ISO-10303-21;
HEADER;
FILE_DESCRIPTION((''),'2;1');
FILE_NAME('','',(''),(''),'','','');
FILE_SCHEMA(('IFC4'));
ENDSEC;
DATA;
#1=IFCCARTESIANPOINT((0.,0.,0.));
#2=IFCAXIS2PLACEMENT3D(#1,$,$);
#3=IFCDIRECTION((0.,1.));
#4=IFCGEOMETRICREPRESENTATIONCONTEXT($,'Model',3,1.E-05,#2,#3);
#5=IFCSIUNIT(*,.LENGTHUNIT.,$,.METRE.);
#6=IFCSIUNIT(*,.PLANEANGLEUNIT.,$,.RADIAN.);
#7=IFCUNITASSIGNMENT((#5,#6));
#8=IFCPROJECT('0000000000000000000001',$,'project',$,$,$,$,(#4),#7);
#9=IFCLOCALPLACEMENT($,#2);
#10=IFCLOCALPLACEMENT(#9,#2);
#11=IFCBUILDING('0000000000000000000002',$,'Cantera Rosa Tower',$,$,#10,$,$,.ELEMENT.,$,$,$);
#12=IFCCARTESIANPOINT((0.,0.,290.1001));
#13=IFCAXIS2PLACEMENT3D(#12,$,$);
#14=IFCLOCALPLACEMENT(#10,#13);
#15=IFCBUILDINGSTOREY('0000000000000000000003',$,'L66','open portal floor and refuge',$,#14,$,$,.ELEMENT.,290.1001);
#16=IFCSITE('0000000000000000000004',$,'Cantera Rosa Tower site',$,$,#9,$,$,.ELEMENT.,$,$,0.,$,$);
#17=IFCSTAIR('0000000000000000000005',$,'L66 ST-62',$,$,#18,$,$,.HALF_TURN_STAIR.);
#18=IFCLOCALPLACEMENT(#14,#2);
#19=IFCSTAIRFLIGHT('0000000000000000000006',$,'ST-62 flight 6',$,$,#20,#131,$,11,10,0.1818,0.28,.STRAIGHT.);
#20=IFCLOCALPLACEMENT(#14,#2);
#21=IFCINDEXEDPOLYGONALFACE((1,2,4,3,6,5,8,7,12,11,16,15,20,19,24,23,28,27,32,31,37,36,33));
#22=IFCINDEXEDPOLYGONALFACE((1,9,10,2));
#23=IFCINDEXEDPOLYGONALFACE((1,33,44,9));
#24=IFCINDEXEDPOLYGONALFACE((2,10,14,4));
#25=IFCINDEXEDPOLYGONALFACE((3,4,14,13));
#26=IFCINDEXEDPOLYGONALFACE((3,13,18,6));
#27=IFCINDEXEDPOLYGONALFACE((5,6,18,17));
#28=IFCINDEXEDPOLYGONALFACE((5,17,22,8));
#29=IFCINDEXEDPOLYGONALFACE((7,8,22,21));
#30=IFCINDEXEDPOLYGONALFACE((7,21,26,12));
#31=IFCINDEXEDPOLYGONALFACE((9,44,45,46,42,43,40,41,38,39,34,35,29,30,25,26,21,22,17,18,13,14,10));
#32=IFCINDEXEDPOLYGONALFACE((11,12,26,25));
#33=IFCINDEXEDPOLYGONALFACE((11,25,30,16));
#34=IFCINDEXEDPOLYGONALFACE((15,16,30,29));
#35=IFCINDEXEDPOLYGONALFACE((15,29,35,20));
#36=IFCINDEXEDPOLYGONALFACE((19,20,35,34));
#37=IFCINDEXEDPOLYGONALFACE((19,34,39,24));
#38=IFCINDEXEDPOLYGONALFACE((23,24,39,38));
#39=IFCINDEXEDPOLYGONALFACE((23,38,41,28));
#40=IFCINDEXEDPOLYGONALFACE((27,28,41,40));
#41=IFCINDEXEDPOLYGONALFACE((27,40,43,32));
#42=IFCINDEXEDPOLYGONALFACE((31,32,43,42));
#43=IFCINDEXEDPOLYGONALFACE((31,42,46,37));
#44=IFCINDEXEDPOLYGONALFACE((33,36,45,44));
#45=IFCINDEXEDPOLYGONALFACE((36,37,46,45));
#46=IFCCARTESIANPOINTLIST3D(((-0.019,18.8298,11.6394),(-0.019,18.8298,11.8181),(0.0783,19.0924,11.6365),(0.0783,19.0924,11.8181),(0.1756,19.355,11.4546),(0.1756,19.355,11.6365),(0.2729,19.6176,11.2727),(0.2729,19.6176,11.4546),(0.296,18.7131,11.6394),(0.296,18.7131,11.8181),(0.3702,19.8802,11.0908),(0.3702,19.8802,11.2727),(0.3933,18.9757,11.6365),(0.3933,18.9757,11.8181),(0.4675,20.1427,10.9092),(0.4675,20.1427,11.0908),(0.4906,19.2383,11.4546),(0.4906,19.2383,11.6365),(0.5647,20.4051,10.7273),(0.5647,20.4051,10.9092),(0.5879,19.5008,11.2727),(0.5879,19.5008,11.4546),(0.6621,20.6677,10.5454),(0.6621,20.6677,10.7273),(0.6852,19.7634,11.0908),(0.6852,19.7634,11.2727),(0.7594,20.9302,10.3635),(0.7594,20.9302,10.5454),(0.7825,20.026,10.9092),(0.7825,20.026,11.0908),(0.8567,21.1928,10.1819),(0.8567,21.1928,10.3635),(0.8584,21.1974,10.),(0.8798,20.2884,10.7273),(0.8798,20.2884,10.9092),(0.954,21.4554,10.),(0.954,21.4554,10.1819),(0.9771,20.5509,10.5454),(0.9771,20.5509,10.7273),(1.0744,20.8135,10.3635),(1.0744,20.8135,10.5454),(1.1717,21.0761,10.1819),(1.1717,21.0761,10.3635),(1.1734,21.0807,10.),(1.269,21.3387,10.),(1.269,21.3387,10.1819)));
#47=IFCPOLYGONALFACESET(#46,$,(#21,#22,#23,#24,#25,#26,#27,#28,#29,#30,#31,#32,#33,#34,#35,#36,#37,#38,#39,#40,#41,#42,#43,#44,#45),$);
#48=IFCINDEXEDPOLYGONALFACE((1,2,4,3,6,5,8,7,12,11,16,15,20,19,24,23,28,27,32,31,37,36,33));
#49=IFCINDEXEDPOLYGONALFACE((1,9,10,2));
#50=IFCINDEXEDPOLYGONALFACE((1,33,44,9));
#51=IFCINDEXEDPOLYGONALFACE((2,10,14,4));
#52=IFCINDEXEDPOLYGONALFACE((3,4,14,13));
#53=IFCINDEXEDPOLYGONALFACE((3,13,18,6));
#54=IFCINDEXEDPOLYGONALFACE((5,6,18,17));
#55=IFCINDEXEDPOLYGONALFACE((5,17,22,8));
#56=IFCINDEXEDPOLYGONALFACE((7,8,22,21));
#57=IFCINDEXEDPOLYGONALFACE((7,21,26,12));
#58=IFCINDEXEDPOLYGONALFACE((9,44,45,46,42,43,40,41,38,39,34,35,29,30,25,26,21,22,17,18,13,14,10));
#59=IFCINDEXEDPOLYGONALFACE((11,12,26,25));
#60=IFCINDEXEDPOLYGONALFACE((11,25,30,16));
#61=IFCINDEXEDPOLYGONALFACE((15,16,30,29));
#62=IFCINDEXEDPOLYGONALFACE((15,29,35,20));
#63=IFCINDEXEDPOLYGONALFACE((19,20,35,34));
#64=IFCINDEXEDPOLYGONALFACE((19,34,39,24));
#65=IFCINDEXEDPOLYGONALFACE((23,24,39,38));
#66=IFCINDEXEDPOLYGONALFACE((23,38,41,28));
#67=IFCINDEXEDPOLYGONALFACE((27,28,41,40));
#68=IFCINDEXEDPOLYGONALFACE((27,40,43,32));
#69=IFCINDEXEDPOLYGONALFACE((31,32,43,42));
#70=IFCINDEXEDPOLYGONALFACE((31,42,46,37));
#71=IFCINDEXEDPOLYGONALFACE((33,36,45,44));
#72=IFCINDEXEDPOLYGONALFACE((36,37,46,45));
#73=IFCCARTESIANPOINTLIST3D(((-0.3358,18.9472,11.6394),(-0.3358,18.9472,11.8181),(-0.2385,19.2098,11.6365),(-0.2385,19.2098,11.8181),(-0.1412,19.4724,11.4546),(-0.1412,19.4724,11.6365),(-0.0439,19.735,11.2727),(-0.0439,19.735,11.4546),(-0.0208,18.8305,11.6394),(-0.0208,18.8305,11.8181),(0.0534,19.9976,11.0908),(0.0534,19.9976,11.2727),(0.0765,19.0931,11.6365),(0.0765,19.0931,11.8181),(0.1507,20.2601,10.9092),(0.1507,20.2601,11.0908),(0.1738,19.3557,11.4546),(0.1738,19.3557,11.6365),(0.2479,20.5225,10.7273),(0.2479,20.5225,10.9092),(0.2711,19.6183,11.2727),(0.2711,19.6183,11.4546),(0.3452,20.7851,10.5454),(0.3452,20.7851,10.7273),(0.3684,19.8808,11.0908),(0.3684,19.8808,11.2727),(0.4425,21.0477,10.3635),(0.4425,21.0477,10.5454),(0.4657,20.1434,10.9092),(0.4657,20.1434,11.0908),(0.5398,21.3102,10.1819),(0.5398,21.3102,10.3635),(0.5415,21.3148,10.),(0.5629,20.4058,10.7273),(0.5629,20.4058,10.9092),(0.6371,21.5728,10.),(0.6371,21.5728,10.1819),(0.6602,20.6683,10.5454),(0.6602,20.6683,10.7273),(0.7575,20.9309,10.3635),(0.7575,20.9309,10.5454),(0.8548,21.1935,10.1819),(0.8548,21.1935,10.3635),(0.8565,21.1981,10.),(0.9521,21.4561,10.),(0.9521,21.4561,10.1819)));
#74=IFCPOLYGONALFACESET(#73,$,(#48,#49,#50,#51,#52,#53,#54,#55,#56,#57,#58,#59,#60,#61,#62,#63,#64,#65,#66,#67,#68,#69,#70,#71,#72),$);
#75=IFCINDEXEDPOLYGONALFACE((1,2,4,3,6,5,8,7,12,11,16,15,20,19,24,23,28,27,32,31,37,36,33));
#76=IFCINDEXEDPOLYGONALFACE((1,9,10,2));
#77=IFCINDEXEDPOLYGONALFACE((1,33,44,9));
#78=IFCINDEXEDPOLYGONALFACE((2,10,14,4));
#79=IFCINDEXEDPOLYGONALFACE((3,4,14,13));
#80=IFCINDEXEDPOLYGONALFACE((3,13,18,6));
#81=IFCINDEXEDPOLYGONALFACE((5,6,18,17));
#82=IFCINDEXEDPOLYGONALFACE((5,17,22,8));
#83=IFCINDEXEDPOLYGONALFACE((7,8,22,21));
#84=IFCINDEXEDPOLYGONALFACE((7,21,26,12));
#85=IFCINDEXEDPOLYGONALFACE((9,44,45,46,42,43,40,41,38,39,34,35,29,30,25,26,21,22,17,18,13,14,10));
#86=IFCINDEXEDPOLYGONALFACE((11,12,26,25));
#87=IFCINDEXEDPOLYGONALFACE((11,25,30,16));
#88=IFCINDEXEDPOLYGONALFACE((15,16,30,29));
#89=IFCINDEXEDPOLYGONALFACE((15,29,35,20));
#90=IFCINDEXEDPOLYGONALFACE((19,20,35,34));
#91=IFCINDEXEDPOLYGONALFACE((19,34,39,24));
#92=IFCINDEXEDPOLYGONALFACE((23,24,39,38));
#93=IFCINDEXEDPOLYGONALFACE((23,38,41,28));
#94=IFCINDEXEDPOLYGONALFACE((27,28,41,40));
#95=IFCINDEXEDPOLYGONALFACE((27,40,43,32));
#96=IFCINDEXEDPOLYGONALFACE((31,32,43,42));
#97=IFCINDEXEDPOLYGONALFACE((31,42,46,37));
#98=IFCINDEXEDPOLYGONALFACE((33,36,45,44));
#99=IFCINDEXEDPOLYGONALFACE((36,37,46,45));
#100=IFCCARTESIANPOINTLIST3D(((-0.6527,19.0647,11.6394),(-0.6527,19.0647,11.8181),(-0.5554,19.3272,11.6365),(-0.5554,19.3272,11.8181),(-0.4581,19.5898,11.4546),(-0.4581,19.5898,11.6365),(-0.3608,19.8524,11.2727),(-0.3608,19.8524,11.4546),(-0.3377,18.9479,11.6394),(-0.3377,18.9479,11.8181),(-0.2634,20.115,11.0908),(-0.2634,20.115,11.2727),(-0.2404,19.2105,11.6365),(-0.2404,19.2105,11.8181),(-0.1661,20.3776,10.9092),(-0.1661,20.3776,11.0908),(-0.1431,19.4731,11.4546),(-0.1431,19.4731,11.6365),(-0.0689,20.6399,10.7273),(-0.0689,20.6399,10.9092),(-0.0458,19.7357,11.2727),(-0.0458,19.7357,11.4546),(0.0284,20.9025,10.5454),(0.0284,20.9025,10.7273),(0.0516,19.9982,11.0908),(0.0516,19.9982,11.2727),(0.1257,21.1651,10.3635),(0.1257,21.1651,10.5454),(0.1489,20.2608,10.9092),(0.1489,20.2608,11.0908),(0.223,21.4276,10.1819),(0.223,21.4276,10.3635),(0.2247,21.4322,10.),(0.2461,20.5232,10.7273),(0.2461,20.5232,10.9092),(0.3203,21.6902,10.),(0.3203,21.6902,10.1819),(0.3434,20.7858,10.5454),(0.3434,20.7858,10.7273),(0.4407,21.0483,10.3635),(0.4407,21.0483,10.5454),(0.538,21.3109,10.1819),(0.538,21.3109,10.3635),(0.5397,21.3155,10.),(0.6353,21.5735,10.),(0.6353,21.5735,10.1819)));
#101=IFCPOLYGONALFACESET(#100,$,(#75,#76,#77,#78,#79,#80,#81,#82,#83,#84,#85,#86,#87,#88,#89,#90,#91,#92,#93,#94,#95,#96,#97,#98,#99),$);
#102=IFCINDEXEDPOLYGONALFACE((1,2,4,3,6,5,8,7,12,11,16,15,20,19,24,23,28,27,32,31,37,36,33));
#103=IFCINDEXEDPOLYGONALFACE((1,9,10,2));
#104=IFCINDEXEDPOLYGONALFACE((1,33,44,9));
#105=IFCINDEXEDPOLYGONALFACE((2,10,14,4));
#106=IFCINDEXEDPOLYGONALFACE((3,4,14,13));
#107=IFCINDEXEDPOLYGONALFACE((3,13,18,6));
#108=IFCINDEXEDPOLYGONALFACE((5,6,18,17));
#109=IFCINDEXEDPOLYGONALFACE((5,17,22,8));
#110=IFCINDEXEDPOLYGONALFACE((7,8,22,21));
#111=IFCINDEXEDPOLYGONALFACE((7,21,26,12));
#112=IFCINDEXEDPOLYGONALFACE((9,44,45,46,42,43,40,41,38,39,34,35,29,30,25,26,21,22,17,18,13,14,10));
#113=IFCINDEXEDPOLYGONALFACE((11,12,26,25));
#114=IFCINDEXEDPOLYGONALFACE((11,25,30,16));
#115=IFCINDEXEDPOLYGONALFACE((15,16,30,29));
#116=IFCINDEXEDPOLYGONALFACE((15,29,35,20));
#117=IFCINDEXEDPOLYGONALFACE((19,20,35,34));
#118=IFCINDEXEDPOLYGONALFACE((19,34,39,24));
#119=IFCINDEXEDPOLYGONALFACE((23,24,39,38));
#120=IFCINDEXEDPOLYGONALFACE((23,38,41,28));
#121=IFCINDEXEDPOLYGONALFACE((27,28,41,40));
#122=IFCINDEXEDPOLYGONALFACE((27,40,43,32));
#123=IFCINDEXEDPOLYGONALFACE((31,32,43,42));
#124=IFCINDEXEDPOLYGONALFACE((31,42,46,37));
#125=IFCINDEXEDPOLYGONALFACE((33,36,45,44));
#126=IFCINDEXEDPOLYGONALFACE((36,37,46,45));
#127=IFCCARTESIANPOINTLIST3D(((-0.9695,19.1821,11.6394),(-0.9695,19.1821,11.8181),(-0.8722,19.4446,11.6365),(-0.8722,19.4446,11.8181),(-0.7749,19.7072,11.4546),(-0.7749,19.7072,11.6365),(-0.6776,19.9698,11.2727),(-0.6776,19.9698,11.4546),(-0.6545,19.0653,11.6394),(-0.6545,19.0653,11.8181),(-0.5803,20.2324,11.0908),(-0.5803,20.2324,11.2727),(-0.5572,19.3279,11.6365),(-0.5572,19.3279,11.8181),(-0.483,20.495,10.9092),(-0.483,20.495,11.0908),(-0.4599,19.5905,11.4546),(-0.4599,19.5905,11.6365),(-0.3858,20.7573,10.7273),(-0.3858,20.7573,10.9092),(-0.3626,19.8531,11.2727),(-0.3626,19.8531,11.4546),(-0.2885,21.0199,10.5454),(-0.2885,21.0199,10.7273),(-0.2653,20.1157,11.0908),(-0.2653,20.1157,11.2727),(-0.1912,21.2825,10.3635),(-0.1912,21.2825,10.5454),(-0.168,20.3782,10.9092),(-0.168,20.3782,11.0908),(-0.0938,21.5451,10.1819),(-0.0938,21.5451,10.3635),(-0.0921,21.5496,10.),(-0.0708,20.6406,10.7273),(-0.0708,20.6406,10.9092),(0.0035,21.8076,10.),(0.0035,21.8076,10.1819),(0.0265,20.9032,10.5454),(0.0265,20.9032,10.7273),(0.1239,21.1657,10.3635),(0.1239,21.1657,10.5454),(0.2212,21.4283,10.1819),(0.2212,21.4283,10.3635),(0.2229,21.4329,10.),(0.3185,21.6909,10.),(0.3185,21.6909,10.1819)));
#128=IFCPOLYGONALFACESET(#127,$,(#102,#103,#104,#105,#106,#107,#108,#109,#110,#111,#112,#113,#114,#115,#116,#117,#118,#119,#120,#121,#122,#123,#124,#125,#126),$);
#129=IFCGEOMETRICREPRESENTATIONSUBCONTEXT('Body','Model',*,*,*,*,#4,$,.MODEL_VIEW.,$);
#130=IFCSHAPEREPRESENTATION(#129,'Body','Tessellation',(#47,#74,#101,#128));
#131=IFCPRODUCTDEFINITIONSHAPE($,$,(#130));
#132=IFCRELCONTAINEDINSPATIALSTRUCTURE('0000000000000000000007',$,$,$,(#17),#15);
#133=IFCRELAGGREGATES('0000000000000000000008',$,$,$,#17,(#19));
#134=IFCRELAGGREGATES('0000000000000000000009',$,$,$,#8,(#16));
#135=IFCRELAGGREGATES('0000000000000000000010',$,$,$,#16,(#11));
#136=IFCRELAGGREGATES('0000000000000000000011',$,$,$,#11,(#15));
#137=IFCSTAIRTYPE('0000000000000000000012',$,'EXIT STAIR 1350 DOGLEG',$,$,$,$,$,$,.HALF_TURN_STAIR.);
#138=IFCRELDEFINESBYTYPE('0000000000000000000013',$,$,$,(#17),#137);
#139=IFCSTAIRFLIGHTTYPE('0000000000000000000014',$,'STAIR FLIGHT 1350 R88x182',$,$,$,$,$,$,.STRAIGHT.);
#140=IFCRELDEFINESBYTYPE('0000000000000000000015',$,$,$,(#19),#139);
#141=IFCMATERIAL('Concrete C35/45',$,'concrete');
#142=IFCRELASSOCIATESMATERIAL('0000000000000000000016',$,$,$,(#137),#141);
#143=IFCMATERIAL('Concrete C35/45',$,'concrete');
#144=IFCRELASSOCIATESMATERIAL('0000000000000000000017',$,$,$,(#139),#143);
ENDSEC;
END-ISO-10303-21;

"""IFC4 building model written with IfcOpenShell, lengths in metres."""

from ifc_helpers import new_model, si_unit, direction, frame, origin, place, context, subcontext, project, spatial, polyline, outline, extrude, material, type_object, element, aggregate, save


model = new_model("IFC4")

# Units and contexts
model_context = context("Model", 3, precision=1e-05, world=origin(), true_north=direction((0.0, 1.0)))
body_context = subcontext(model_context, "Body", "Model", "MODEL_VIEW")
ifc_project = project(units=[si_unit("LENGTHUNIT", "METRE"), si_unit("PLANEANGLEUNIT", "RADIAN")], contexts=[model_context])

# Site, building, storey
site_placement = place(None, origin())
site = spatial("IfcSite", under=ifc_project, at=site_placement, Name="Cantera Rosa Tower site", CompositionType="ELEMENT", RefElevation=0.0)
building_placement = place(site_placement, origin())
building = spatial("IfcBuilding", under=site, at=building_placement, Name="Cantera Rosa Tower", CompositionType="ELEMENT")
storey_placement = place(building_placement, frame((0.0, 0.0, 290.1001)))
storey = spatial("IfcBuildingStorey", under=building, at=storey_placement, Name="L66", Description="open portal floor and refuge", CompositionType="ELEMENT", Elevation=290.1001)

# Stair, stair flight
ifc_material_1 = material(Name="Concrete C35/45", Category="concrete")
stair_type = type_object("IfcStairType", Name="EXIT STAIR 1350 DOGLEG", PredefinedType="HALF_TURN_STAIR", material=ifc_material_1)
stair_placement = place(storey_placement, origin())
stair = element("IfcStair", 1, at=stair_placement, inside=storey, type_object=stair_type, Name="L66 ST-62", PredefinedType="HALF_TURN_STAIR")
ifc_material_2 = material(Name="Concrete C35/45", Category="concrete")
stair_flight_type = type_object("IfcStairFlightType", Name="STAIR FLIGHT 1350 R88x182", PredefinedType="STRAIGHT", material=ifc_material_2)
stair_flight_1_placement = place(storey_placement, frame((0.636, 21.5732, 10.0), z_axis=(0.0, 0.0, 1.0), x_axis=(-0.347481, -0.937687, 0.0)))
stair_flight_1 = element("IfcStairFlight", 2, at=stair_flight_1_placement, type_object=stair_flight_type, Name="ST-62 flight 6", NumberOfRisers=11, NumberOfTreads=10, PredefinedType="STRAIGHT", RiserHeight=0.1818, TreadLength=0.28, context=body_context, shape_type="SweptSolid", body=[
    extrude(outline(polyline([(0.0, 0.0), (0.0, 0.1819), (0.28, 0.1819), (0.28, 0.3635), (0.5601, 0.3635), (0.5601, 0.5454), (0.8401, 0.5454), (0.8401, 0.7273), (1.1201, 0.7273), (1.1201, 0.9092), (1.3999, 0.9092), (1.3999, 1.0908), (1.6799, 1.0908), (1.6799, 1.2727), (1.96, 1.2727), (1.96, 1.4546), (2.24, 1.4546), (2.24, 1.6365), (2.52, 1.6365), (2.52, 1.8181), (2.8, 1.8181), (2.8, 2.0), (2.8, 1.6394), (0.2751, 0.0), (0.0, 0.0)])), frame((0.0, 0.675, 0.0), z_axis=(0.0, -1.0, 0.0), x_axis=(1.0, 0.0, 0.0)), (0.0, 0.0, 1.0), 0.3359),
    extrude(outline(polyline([(0.0, 0.0), (0.0, 0.1819), (0.28, 0.1819), (0.28, 0.3635), (0.5601, 0.3635), (0.5601, 0.5454), (0.8401, 0.5454), (0.8401, 0.7273), (1.1201, 0.7273), (1.1201, 0.9092), (1.3999, 0.9092), (1.3999, 1.0908), (1.6799, 1.0908), (1.6799, 1.2727), (1.96, 1.2727), (1.96, 1.4546), (2.24, 1.4546), (2.24, 1.6365), (2.52, 1.6365), (2.52, 1.8181), (2.8, 1.8181), (2.8, 2.0), (2.8, 1.6394), (0.2751, 0.0), (0.0, 0.0)])), frame((0.0, 0.3372, 0.0), z_axis=(0.0, -1.0, 0.0), x_axis=(1.0, 0.0, 0.0)), (0.0, 0.0, 1.0), 0.3359),
    extrude(outline(polyline([(0.0, 0.0), (0.0, 0.1819), (0.28, 0.1819), (0.28, 0.3635), (0.5601, 0.3635), (0.5601, 0.5454), (0.8401, 0.5454), (0.8401, 0.7273), (1.1201, 0.7273), (1.1201, 0.9092), (1.3999, 0.9092), (1.3999, 1.0908), (1.6799, 1.0908), (1.6799, 1.2727), (1.96, 1.2727), (1.96, 1.4546), (2.24, 1.4546), (2.24, 1.6365), (2.52, 1.6365), (2.52, 1.8181), (2.8, 1.8181), (2.8, 2.0), (2.8, 1.6394), (0.2751, 0.0), (0.0, 0.0)])), frame((0.0, -0.0007, 0.0), z_axis=(0.0, -1.0, 0.0), x_axis=(1.0, 0.0, 0.0)), (0.0, 0.0, 1.0), 0.3359),
    extrude(outline(polyline([(0.0, 0.0), (0.0, 0.1819), (0.28, 0.1819), (0.28, 0.3635), (0.5601, 0.3635), (0.5601, 0.5454), (0.8401, 0.5454), (0.8401, 0.7273), (1.1201, 0.7273), (1.1201, 0.9092), (1.3999, 0.9092), (1.3999, 1.0908), (1.6799, 1.0908), (1.6799, 1.2727), (1.96, 1.2727), (1.96, 1.4546), (2.24, 1.4546), (2.24, 1.6365), (2.52, 1.6365), (2.52, 1.8181), (2.8, 1.8181), (2.8, 2.0), (2.8, 1.6394), (0.2751, 0.0), (0.0, 0.0)])), frame((0.0, -0.3386, 0.0), z_axis=(0.0, -1.0, 0.0), x_axis=(1.0, 0.0, 0.0)), (0.0, 0.0, 1.0), 0.3359),
])
aggregate(stair, [stair_flight_1])

save(model, "model.ifc")
